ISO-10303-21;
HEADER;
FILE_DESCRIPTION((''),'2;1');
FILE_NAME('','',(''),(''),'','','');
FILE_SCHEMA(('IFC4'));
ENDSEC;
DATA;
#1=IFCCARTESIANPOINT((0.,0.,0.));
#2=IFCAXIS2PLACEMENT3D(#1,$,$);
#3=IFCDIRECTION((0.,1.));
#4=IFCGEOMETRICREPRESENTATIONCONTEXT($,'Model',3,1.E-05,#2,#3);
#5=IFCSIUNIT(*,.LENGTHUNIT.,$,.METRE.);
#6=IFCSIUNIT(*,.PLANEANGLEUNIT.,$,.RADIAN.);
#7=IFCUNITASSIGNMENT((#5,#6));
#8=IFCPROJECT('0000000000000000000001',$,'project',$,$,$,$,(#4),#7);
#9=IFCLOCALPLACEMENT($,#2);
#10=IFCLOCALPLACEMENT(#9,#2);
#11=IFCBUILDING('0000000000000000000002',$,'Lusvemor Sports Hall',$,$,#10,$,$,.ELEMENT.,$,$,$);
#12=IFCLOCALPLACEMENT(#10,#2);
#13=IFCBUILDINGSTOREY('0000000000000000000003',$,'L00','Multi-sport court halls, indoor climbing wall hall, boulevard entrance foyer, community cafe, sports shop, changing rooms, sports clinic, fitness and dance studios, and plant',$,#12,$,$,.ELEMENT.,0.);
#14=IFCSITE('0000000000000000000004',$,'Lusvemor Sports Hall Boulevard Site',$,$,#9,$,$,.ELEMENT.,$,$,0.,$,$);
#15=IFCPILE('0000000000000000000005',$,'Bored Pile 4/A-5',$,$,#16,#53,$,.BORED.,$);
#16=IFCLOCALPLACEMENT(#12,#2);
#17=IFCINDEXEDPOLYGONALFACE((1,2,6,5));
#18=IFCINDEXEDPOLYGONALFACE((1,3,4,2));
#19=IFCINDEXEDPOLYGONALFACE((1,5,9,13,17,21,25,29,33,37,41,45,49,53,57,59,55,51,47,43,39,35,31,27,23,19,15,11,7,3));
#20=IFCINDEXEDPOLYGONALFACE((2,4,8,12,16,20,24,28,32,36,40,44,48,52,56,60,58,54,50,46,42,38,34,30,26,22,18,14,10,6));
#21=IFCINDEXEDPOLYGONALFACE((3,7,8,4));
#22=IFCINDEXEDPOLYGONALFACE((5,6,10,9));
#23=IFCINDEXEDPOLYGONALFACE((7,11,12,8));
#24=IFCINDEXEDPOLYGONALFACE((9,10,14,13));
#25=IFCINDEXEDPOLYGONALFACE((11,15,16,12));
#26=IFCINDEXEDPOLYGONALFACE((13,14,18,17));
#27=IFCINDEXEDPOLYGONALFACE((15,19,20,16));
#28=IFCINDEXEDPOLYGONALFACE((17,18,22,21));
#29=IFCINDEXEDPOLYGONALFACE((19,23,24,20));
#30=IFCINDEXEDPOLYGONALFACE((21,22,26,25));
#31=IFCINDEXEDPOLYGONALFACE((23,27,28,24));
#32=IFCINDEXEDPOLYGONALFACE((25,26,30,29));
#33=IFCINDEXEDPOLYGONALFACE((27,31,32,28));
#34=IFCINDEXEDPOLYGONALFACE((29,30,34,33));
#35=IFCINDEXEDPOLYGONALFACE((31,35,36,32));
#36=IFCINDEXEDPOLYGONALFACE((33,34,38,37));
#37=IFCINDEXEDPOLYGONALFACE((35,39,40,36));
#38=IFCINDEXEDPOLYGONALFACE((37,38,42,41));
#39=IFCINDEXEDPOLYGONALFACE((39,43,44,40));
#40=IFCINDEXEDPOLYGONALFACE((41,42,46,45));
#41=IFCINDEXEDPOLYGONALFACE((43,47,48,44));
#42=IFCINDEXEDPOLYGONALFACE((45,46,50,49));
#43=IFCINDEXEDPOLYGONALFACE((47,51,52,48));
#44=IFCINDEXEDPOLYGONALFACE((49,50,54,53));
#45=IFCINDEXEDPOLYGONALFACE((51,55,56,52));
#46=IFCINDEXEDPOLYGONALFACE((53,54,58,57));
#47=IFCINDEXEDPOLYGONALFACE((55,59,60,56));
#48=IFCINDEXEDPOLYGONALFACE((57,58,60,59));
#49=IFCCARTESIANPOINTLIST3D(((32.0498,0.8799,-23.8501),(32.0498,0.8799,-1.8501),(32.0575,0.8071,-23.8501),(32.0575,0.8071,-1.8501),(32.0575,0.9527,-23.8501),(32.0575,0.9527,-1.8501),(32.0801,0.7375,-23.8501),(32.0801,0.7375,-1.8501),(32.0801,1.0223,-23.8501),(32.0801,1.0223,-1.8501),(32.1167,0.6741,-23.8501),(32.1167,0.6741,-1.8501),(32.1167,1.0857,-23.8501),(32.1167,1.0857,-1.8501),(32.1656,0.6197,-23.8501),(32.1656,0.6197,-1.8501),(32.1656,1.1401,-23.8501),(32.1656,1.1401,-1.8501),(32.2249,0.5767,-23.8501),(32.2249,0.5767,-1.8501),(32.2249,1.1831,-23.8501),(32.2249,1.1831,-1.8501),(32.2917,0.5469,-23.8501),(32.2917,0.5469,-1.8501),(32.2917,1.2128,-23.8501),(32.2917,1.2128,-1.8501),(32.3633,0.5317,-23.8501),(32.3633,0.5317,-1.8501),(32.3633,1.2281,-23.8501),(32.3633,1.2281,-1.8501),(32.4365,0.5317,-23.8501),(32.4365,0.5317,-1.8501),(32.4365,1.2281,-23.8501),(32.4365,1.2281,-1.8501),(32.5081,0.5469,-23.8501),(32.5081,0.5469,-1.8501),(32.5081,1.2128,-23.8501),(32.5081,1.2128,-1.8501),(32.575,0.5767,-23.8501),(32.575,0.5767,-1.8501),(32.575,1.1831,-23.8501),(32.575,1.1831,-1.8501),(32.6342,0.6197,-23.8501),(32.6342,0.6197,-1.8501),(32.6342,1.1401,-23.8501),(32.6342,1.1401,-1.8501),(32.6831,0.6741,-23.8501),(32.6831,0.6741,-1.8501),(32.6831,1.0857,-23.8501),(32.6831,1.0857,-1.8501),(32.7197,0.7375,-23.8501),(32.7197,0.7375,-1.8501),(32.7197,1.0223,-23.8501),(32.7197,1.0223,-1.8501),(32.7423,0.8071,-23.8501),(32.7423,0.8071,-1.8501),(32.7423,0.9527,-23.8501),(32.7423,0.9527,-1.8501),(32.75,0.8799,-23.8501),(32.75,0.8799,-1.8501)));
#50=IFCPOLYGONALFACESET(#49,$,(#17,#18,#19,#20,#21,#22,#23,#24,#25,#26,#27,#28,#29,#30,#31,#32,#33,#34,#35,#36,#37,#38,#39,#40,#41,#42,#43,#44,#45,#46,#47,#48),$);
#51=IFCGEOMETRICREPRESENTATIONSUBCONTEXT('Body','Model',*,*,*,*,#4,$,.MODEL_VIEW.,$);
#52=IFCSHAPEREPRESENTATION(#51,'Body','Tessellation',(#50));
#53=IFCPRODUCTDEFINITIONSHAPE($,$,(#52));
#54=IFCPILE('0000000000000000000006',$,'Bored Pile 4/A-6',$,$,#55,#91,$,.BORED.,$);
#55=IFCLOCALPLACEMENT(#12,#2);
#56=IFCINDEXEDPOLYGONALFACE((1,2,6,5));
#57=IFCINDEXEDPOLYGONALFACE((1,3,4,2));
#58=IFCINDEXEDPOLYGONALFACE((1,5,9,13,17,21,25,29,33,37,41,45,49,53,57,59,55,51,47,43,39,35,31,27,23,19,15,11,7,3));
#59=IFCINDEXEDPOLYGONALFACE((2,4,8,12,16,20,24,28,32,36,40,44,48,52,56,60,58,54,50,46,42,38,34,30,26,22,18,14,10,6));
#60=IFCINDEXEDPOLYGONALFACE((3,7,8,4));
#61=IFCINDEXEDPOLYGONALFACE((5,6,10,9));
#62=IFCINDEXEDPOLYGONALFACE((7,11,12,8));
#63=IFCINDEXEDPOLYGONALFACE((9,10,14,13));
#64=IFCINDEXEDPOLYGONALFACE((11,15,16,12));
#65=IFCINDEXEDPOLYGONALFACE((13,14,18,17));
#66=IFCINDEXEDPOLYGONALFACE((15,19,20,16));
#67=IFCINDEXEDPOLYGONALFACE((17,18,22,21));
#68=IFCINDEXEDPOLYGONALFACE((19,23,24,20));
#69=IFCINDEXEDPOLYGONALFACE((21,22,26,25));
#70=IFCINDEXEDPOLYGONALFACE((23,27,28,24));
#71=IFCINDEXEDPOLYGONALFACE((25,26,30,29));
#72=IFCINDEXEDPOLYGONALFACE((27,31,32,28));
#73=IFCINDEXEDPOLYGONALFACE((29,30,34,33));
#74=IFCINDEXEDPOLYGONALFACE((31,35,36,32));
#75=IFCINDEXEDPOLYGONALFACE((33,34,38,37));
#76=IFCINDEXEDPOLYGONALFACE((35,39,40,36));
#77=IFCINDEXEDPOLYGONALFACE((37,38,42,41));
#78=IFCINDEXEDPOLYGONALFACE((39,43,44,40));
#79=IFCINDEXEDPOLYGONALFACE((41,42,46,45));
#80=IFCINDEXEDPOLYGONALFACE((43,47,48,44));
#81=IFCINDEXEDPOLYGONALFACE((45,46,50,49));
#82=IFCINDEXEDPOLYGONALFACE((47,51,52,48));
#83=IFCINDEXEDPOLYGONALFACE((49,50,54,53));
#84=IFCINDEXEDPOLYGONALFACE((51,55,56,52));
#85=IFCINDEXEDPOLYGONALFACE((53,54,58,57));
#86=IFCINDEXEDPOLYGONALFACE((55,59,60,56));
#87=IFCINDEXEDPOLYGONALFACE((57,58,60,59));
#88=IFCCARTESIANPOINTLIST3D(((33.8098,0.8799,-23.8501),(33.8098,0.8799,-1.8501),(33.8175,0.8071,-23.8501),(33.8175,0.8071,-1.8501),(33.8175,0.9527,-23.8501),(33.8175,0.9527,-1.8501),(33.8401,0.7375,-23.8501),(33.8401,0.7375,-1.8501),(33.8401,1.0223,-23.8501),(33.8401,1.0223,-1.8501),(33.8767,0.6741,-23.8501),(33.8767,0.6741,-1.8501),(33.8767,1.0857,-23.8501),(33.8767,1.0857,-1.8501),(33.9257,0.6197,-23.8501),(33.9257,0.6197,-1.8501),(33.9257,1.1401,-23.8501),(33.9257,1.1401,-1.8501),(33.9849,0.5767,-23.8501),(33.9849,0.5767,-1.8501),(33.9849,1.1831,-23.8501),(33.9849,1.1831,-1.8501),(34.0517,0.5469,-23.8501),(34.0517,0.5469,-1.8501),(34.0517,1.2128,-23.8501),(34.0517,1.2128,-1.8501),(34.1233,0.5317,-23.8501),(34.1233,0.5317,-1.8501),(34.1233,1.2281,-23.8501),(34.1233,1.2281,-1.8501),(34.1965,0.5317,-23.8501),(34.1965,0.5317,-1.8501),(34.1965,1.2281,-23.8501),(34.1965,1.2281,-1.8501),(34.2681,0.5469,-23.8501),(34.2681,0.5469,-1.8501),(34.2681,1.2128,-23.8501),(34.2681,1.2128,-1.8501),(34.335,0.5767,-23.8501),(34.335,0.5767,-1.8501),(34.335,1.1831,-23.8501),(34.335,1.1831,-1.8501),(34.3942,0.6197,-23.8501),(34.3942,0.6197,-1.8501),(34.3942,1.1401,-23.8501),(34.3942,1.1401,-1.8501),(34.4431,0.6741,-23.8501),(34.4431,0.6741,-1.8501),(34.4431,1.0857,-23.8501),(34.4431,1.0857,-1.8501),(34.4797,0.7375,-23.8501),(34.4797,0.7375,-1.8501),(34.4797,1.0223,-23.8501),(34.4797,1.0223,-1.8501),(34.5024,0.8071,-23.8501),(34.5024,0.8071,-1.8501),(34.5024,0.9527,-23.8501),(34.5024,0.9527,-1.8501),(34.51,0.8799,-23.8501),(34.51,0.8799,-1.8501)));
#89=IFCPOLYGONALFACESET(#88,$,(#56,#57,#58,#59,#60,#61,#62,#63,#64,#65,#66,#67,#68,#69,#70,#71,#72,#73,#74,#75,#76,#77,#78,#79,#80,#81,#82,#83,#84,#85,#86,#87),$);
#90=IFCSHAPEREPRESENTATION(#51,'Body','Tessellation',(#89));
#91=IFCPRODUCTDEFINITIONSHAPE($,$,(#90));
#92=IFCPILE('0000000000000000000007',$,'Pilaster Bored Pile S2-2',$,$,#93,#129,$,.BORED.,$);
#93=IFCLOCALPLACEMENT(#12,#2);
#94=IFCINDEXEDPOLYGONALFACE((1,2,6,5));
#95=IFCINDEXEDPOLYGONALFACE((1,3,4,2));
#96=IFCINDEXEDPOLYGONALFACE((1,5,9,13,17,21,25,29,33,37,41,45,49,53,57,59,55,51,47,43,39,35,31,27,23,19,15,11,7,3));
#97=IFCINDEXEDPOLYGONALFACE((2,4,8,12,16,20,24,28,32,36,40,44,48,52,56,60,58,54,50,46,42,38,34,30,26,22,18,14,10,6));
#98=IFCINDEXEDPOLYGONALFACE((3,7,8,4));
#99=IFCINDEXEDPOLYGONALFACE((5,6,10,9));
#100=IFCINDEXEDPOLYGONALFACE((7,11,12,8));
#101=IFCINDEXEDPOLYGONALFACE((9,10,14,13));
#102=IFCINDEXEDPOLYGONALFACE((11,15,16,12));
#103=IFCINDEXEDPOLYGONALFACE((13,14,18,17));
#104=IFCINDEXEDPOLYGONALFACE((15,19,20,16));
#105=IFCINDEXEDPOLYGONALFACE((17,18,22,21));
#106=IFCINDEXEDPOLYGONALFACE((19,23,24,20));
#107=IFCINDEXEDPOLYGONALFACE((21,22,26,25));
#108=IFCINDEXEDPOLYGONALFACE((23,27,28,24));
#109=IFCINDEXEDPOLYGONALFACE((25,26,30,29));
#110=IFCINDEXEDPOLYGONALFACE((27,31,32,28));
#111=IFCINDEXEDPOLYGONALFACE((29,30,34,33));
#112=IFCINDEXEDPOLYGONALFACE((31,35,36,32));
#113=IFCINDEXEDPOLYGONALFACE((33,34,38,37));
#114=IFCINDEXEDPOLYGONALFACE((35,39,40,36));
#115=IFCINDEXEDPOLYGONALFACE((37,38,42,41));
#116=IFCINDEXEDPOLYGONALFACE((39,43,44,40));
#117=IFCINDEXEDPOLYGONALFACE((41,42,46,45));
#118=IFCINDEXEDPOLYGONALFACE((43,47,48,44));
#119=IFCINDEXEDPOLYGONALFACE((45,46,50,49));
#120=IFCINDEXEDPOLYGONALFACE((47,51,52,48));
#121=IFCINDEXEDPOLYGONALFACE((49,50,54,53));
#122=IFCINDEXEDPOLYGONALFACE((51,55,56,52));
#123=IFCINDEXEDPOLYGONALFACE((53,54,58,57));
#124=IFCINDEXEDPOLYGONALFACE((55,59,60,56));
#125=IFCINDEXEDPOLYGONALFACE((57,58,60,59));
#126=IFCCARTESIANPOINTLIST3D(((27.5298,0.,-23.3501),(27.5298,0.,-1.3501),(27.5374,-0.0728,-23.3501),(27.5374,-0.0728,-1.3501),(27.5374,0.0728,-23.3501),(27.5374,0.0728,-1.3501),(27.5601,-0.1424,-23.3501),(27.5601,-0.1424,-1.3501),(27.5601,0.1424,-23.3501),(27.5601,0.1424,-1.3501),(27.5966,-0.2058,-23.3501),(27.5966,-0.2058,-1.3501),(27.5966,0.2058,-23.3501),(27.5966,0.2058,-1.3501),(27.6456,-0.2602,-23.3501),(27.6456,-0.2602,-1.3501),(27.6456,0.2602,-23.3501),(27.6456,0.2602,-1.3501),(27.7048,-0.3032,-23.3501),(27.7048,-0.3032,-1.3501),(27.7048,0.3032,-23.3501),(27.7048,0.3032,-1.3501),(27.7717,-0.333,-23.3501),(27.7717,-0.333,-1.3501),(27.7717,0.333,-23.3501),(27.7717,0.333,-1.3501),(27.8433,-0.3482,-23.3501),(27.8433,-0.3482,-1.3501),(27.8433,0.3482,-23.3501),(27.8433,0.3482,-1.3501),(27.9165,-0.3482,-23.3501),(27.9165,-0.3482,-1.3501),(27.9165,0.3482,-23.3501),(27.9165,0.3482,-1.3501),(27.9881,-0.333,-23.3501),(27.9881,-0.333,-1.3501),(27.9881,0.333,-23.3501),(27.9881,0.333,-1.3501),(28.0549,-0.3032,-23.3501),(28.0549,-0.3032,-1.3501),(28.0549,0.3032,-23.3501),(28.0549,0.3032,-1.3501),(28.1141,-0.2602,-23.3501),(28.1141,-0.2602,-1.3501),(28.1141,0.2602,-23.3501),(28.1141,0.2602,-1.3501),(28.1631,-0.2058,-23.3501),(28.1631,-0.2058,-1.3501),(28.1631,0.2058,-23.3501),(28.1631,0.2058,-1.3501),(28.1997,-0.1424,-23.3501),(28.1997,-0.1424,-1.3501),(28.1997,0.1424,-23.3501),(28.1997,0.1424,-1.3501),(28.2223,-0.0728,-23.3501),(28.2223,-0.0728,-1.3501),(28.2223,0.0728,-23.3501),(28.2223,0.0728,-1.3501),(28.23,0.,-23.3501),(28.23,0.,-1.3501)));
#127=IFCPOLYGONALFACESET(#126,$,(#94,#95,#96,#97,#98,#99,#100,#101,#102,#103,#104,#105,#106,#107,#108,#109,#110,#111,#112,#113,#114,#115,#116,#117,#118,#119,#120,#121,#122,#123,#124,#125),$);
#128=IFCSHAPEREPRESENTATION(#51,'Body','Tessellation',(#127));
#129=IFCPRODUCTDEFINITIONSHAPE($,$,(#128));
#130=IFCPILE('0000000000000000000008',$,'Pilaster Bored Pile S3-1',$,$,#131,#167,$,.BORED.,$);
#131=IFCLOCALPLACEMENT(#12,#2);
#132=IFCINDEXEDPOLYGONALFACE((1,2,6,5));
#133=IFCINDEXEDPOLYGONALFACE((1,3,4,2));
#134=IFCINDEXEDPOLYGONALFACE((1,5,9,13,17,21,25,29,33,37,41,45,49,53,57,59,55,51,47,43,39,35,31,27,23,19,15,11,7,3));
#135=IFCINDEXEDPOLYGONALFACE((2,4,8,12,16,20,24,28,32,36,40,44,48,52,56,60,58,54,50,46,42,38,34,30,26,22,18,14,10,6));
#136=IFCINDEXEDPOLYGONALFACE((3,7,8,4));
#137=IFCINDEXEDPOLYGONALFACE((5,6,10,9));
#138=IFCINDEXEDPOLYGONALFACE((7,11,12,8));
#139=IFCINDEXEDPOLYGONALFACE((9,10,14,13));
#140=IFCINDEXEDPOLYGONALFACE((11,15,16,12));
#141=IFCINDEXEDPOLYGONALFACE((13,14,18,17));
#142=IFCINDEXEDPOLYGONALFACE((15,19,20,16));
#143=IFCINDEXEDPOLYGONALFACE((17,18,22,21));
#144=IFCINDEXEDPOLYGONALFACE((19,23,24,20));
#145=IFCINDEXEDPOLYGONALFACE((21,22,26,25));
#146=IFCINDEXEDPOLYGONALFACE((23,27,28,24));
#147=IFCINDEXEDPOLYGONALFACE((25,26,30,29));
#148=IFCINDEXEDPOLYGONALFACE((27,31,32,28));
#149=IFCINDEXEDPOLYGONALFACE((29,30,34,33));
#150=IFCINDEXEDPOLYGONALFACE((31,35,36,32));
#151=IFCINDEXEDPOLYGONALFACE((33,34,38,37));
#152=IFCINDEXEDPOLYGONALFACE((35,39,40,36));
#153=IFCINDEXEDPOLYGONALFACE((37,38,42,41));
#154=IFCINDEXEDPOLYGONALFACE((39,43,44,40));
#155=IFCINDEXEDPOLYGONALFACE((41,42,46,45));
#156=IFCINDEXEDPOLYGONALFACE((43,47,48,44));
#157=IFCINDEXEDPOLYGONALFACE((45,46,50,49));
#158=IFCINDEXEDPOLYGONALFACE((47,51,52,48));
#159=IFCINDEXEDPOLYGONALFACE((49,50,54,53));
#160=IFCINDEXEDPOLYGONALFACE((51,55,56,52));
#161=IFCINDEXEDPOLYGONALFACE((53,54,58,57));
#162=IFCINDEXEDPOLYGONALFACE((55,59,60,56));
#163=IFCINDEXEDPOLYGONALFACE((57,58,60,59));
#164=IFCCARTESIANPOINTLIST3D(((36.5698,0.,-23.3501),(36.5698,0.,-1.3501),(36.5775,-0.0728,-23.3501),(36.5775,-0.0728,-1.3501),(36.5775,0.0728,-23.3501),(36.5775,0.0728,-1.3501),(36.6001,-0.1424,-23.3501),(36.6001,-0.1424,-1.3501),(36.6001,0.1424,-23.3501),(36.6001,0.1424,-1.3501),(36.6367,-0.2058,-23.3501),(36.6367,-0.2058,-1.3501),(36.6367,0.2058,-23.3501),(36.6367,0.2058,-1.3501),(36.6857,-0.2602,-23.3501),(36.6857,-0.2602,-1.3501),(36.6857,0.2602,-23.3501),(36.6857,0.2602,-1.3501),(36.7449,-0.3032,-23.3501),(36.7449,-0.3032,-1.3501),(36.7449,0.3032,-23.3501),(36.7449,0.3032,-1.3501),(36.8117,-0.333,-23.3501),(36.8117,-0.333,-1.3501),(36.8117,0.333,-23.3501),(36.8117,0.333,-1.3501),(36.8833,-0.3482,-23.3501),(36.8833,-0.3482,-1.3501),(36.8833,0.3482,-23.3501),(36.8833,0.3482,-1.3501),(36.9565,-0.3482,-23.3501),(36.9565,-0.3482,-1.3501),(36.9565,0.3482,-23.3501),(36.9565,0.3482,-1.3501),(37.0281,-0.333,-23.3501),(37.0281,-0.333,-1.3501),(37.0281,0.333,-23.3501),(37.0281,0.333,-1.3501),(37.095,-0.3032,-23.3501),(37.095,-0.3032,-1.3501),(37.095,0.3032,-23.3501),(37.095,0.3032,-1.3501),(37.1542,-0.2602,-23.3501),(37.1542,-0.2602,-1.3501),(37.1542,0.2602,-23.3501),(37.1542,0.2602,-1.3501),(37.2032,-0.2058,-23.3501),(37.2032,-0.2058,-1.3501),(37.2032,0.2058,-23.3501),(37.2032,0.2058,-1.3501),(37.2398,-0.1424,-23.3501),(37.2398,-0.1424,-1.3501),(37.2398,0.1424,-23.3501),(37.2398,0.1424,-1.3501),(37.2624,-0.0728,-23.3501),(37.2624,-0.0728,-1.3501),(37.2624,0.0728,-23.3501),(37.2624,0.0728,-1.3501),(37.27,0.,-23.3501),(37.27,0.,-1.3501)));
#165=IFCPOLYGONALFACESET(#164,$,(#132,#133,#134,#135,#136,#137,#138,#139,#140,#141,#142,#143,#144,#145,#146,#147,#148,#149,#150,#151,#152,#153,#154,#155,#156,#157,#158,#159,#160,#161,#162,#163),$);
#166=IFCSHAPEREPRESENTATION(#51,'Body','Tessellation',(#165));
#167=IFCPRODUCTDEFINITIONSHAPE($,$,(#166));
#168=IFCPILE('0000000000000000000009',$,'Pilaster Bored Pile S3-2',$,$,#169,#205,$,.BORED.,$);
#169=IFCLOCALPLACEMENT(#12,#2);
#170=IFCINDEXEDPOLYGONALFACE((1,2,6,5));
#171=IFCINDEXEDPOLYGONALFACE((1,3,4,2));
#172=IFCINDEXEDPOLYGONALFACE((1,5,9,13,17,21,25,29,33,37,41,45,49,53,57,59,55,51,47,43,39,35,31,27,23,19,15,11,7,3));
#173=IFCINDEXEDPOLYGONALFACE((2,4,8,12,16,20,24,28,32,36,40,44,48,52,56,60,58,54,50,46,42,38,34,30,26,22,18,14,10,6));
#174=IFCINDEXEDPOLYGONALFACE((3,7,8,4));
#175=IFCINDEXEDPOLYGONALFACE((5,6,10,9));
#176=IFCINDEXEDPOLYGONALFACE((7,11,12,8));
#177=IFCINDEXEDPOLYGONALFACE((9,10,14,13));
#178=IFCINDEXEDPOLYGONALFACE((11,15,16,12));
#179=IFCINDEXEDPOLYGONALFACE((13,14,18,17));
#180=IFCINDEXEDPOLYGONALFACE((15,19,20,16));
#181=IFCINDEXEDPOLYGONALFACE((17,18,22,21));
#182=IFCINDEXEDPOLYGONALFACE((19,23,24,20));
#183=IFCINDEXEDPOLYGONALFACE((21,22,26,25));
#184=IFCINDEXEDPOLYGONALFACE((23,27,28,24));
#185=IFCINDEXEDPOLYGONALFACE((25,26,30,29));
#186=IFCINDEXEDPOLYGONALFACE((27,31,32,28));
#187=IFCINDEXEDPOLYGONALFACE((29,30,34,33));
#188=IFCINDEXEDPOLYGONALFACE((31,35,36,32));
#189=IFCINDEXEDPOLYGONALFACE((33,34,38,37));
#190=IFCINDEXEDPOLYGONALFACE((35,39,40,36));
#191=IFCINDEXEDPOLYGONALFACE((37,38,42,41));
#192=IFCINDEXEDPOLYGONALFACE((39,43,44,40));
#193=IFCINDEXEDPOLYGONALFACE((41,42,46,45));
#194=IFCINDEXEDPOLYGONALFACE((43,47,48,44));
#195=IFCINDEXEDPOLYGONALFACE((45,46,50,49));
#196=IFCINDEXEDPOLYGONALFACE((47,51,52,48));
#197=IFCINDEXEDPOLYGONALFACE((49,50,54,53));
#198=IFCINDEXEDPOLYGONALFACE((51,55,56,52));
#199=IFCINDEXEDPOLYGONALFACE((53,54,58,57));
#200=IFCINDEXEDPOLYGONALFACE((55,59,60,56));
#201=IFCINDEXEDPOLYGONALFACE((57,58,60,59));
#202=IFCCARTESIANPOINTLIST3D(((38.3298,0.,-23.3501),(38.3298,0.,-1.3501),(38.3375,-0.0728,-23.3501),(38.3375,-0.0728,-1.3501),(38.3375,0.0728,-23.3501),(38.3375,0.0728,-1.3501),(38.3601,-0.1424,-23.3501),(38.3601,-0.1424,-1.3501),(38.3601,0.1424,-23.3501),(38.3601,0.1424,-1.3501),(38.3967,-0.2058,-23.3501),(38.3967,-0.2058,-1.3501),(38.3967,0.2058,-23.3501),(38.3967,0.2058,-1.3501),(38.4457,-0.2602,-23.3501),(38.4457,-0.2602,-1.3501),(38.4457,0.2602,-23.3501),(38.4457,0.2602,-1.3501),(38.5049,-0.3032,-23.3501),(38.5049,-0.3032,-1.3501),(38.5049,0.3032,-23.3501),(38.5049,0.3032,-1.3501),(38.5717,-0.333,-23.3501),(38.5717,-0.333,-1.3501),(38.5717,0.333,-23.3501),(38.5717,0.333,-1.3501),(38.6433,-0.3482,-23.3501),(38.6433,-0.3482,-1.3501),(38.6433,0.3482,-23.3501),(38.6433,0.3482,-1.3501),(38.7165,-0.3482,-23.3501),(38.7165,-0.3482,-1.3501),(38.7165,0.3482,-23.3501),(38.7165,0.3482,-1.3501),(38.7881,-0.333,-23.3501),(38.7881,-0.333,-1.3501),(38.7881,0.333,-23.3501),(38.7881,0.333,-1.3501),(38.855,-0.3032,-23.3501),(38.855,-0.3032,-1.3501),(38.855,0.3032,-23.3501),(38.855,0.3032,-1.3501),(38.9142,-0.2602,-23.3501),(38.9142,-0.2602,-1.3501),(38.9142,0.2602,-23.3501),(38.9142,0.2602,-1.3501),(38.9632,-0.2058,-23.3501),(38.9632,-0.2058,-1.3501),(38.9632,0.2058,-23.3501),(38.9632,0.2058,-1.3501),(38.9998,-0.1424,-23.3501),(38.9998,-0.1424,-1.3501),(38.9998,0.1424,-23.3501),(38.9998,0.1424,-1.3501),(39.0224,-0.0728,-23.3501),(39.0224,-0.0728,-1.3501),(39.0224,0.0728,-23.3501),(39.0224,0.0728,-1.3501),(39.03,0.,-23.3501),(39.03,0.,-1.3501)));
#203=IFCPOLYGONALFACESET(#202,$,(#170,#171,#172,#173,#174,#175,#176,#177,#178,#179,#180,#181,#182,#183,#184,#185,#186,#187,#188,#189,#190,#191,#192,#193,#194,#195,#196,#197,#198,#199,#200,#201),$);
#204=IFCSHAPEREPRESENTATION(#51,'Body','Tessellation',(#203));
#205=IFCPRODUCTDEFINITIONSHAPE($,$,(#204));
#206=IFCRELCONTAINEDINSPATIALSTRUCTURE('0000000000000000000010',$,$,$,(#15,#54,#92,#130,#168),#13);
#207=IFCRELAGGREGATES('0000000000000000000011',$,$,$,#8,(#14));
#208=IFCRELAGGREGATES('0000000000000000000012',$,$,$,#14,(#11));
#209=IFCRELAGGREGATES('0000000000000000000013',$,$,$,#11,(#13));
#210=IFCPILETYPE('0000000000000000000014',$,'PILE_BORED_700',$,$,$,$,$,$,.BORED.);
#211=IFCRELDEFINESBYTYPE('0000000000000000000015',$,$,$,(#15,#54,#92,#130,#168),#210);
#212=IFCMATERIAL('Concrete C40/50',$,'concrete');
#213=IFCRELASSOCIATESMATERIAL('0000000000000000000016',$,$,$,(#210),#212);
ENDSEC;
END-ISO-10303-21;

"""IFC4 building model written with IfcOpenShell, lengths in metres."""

from ifc_helpers import new_model, si_unit, direction, frame, origin, origin_2d, place, context, subcontext, project, spatial, circle, extrude, material, material_profile, profile_set, type_object, element, save


model = new_model("IFC4")

# Units and contexts
model_context = context("Model", 3, precision=1e-05, world=origin(), true_north=direction((0.0, 1.0)))
body_context = subcontext(model_context, "Body", "Model", "MODEL_VIEW")
ifc_project = project(units=[si_unit("LENGTHUNIT", "METRE"), si_unit("PLANEANGLEUNIT", "RADIAN")], contexts=[model_context])

# Site, building, storey
site_placement = place(None, origin())
site = spatial("IfcSite", under=ifc_project, at=site_placement, Name="Lusvemor Sports Hall Boulevard Site", CompositionType="ELEMENT", RefElevation=0.0)
building_placement = place(site_placement, origin())
building = spatial("IfcBuilding", under=site, at=building_placement, Name="Lusvemor Sports Hall", CompositionType="ELEMENT")
storey_placement = place(building_placement, origin())
storey = spatial("IfcBuildingStorey", under=building, at=storey_placement, Name="L00", Description="Multi-sport court halls, indoor climbing wall hall, boulevard entrance foyer, community cafe, sports shop, changing rooms, sports clinic, fitness and dance studios, and plant", CompositionType="ELEMENT", Elevation=0.0)

# Piles
ifc_material_1 = material(Name="Concrete C40/50", Category="concrete")
ifc_material_profile_1 = material_profile(ifc_material_1, circle(Radius=0.3501, at=origin_2d()), Name="PILE700")
ifc_profile_set_1 = profile_set([ifc_material_profile_1], Name="Concrete C40/50")
pile_type = type_object("IfcPileType", Name="PILE_BORED_700", PredefinedType="BORED", material=ifc_profile_set_1)
for number, where, z_axis, x_axis, name in (
    (1, (32.3999, 0.8799, -1.8501), (0.0, 0.0, -1.0), (1.0, 0.0, 0.0), "Bored Pile 4/A-5"),
    (2, (34.1599, 0.8799, -1.8501), (0.0, 0.0, -1.0), (1.0, 0.0, 0.0), "Bored Pile 4/A-6"),
    (3, (27.8799, 0.0, -1.3501), (0.0, 0.0, -1.0), (1.0, 0.0, 0.0), "Pilaster Bored Pile S2-2"),
    (4, (36.9199, 0.0, -1.3501), (0.0, 0.0, -1.0), (1.0, 0.0, 0.0), "Pilaster Bored Pile S3-1"),
    (5, (38.6799, 0.0, -1.3501), (0.0, 0.0, -1.0), (1.0, 0.0, 0.0), "Pilaster Bored Pile S3-2"),
):
    element("IfcPile", number, at=place(storey_placement, frame(where, z_axis=z_axis, x_axis=x_axis)), inside=storey, type_object=pile_type, Name=name, PredefinedType="BORED", context=body_context, shape_type="SweptSolid", body=[
        extrude(circle(Radius=0.3501, at=origin_2d()), origin(), (0.0, 0.0, 1.0), 22.0),
    ])

save(model, "model.ifc")
